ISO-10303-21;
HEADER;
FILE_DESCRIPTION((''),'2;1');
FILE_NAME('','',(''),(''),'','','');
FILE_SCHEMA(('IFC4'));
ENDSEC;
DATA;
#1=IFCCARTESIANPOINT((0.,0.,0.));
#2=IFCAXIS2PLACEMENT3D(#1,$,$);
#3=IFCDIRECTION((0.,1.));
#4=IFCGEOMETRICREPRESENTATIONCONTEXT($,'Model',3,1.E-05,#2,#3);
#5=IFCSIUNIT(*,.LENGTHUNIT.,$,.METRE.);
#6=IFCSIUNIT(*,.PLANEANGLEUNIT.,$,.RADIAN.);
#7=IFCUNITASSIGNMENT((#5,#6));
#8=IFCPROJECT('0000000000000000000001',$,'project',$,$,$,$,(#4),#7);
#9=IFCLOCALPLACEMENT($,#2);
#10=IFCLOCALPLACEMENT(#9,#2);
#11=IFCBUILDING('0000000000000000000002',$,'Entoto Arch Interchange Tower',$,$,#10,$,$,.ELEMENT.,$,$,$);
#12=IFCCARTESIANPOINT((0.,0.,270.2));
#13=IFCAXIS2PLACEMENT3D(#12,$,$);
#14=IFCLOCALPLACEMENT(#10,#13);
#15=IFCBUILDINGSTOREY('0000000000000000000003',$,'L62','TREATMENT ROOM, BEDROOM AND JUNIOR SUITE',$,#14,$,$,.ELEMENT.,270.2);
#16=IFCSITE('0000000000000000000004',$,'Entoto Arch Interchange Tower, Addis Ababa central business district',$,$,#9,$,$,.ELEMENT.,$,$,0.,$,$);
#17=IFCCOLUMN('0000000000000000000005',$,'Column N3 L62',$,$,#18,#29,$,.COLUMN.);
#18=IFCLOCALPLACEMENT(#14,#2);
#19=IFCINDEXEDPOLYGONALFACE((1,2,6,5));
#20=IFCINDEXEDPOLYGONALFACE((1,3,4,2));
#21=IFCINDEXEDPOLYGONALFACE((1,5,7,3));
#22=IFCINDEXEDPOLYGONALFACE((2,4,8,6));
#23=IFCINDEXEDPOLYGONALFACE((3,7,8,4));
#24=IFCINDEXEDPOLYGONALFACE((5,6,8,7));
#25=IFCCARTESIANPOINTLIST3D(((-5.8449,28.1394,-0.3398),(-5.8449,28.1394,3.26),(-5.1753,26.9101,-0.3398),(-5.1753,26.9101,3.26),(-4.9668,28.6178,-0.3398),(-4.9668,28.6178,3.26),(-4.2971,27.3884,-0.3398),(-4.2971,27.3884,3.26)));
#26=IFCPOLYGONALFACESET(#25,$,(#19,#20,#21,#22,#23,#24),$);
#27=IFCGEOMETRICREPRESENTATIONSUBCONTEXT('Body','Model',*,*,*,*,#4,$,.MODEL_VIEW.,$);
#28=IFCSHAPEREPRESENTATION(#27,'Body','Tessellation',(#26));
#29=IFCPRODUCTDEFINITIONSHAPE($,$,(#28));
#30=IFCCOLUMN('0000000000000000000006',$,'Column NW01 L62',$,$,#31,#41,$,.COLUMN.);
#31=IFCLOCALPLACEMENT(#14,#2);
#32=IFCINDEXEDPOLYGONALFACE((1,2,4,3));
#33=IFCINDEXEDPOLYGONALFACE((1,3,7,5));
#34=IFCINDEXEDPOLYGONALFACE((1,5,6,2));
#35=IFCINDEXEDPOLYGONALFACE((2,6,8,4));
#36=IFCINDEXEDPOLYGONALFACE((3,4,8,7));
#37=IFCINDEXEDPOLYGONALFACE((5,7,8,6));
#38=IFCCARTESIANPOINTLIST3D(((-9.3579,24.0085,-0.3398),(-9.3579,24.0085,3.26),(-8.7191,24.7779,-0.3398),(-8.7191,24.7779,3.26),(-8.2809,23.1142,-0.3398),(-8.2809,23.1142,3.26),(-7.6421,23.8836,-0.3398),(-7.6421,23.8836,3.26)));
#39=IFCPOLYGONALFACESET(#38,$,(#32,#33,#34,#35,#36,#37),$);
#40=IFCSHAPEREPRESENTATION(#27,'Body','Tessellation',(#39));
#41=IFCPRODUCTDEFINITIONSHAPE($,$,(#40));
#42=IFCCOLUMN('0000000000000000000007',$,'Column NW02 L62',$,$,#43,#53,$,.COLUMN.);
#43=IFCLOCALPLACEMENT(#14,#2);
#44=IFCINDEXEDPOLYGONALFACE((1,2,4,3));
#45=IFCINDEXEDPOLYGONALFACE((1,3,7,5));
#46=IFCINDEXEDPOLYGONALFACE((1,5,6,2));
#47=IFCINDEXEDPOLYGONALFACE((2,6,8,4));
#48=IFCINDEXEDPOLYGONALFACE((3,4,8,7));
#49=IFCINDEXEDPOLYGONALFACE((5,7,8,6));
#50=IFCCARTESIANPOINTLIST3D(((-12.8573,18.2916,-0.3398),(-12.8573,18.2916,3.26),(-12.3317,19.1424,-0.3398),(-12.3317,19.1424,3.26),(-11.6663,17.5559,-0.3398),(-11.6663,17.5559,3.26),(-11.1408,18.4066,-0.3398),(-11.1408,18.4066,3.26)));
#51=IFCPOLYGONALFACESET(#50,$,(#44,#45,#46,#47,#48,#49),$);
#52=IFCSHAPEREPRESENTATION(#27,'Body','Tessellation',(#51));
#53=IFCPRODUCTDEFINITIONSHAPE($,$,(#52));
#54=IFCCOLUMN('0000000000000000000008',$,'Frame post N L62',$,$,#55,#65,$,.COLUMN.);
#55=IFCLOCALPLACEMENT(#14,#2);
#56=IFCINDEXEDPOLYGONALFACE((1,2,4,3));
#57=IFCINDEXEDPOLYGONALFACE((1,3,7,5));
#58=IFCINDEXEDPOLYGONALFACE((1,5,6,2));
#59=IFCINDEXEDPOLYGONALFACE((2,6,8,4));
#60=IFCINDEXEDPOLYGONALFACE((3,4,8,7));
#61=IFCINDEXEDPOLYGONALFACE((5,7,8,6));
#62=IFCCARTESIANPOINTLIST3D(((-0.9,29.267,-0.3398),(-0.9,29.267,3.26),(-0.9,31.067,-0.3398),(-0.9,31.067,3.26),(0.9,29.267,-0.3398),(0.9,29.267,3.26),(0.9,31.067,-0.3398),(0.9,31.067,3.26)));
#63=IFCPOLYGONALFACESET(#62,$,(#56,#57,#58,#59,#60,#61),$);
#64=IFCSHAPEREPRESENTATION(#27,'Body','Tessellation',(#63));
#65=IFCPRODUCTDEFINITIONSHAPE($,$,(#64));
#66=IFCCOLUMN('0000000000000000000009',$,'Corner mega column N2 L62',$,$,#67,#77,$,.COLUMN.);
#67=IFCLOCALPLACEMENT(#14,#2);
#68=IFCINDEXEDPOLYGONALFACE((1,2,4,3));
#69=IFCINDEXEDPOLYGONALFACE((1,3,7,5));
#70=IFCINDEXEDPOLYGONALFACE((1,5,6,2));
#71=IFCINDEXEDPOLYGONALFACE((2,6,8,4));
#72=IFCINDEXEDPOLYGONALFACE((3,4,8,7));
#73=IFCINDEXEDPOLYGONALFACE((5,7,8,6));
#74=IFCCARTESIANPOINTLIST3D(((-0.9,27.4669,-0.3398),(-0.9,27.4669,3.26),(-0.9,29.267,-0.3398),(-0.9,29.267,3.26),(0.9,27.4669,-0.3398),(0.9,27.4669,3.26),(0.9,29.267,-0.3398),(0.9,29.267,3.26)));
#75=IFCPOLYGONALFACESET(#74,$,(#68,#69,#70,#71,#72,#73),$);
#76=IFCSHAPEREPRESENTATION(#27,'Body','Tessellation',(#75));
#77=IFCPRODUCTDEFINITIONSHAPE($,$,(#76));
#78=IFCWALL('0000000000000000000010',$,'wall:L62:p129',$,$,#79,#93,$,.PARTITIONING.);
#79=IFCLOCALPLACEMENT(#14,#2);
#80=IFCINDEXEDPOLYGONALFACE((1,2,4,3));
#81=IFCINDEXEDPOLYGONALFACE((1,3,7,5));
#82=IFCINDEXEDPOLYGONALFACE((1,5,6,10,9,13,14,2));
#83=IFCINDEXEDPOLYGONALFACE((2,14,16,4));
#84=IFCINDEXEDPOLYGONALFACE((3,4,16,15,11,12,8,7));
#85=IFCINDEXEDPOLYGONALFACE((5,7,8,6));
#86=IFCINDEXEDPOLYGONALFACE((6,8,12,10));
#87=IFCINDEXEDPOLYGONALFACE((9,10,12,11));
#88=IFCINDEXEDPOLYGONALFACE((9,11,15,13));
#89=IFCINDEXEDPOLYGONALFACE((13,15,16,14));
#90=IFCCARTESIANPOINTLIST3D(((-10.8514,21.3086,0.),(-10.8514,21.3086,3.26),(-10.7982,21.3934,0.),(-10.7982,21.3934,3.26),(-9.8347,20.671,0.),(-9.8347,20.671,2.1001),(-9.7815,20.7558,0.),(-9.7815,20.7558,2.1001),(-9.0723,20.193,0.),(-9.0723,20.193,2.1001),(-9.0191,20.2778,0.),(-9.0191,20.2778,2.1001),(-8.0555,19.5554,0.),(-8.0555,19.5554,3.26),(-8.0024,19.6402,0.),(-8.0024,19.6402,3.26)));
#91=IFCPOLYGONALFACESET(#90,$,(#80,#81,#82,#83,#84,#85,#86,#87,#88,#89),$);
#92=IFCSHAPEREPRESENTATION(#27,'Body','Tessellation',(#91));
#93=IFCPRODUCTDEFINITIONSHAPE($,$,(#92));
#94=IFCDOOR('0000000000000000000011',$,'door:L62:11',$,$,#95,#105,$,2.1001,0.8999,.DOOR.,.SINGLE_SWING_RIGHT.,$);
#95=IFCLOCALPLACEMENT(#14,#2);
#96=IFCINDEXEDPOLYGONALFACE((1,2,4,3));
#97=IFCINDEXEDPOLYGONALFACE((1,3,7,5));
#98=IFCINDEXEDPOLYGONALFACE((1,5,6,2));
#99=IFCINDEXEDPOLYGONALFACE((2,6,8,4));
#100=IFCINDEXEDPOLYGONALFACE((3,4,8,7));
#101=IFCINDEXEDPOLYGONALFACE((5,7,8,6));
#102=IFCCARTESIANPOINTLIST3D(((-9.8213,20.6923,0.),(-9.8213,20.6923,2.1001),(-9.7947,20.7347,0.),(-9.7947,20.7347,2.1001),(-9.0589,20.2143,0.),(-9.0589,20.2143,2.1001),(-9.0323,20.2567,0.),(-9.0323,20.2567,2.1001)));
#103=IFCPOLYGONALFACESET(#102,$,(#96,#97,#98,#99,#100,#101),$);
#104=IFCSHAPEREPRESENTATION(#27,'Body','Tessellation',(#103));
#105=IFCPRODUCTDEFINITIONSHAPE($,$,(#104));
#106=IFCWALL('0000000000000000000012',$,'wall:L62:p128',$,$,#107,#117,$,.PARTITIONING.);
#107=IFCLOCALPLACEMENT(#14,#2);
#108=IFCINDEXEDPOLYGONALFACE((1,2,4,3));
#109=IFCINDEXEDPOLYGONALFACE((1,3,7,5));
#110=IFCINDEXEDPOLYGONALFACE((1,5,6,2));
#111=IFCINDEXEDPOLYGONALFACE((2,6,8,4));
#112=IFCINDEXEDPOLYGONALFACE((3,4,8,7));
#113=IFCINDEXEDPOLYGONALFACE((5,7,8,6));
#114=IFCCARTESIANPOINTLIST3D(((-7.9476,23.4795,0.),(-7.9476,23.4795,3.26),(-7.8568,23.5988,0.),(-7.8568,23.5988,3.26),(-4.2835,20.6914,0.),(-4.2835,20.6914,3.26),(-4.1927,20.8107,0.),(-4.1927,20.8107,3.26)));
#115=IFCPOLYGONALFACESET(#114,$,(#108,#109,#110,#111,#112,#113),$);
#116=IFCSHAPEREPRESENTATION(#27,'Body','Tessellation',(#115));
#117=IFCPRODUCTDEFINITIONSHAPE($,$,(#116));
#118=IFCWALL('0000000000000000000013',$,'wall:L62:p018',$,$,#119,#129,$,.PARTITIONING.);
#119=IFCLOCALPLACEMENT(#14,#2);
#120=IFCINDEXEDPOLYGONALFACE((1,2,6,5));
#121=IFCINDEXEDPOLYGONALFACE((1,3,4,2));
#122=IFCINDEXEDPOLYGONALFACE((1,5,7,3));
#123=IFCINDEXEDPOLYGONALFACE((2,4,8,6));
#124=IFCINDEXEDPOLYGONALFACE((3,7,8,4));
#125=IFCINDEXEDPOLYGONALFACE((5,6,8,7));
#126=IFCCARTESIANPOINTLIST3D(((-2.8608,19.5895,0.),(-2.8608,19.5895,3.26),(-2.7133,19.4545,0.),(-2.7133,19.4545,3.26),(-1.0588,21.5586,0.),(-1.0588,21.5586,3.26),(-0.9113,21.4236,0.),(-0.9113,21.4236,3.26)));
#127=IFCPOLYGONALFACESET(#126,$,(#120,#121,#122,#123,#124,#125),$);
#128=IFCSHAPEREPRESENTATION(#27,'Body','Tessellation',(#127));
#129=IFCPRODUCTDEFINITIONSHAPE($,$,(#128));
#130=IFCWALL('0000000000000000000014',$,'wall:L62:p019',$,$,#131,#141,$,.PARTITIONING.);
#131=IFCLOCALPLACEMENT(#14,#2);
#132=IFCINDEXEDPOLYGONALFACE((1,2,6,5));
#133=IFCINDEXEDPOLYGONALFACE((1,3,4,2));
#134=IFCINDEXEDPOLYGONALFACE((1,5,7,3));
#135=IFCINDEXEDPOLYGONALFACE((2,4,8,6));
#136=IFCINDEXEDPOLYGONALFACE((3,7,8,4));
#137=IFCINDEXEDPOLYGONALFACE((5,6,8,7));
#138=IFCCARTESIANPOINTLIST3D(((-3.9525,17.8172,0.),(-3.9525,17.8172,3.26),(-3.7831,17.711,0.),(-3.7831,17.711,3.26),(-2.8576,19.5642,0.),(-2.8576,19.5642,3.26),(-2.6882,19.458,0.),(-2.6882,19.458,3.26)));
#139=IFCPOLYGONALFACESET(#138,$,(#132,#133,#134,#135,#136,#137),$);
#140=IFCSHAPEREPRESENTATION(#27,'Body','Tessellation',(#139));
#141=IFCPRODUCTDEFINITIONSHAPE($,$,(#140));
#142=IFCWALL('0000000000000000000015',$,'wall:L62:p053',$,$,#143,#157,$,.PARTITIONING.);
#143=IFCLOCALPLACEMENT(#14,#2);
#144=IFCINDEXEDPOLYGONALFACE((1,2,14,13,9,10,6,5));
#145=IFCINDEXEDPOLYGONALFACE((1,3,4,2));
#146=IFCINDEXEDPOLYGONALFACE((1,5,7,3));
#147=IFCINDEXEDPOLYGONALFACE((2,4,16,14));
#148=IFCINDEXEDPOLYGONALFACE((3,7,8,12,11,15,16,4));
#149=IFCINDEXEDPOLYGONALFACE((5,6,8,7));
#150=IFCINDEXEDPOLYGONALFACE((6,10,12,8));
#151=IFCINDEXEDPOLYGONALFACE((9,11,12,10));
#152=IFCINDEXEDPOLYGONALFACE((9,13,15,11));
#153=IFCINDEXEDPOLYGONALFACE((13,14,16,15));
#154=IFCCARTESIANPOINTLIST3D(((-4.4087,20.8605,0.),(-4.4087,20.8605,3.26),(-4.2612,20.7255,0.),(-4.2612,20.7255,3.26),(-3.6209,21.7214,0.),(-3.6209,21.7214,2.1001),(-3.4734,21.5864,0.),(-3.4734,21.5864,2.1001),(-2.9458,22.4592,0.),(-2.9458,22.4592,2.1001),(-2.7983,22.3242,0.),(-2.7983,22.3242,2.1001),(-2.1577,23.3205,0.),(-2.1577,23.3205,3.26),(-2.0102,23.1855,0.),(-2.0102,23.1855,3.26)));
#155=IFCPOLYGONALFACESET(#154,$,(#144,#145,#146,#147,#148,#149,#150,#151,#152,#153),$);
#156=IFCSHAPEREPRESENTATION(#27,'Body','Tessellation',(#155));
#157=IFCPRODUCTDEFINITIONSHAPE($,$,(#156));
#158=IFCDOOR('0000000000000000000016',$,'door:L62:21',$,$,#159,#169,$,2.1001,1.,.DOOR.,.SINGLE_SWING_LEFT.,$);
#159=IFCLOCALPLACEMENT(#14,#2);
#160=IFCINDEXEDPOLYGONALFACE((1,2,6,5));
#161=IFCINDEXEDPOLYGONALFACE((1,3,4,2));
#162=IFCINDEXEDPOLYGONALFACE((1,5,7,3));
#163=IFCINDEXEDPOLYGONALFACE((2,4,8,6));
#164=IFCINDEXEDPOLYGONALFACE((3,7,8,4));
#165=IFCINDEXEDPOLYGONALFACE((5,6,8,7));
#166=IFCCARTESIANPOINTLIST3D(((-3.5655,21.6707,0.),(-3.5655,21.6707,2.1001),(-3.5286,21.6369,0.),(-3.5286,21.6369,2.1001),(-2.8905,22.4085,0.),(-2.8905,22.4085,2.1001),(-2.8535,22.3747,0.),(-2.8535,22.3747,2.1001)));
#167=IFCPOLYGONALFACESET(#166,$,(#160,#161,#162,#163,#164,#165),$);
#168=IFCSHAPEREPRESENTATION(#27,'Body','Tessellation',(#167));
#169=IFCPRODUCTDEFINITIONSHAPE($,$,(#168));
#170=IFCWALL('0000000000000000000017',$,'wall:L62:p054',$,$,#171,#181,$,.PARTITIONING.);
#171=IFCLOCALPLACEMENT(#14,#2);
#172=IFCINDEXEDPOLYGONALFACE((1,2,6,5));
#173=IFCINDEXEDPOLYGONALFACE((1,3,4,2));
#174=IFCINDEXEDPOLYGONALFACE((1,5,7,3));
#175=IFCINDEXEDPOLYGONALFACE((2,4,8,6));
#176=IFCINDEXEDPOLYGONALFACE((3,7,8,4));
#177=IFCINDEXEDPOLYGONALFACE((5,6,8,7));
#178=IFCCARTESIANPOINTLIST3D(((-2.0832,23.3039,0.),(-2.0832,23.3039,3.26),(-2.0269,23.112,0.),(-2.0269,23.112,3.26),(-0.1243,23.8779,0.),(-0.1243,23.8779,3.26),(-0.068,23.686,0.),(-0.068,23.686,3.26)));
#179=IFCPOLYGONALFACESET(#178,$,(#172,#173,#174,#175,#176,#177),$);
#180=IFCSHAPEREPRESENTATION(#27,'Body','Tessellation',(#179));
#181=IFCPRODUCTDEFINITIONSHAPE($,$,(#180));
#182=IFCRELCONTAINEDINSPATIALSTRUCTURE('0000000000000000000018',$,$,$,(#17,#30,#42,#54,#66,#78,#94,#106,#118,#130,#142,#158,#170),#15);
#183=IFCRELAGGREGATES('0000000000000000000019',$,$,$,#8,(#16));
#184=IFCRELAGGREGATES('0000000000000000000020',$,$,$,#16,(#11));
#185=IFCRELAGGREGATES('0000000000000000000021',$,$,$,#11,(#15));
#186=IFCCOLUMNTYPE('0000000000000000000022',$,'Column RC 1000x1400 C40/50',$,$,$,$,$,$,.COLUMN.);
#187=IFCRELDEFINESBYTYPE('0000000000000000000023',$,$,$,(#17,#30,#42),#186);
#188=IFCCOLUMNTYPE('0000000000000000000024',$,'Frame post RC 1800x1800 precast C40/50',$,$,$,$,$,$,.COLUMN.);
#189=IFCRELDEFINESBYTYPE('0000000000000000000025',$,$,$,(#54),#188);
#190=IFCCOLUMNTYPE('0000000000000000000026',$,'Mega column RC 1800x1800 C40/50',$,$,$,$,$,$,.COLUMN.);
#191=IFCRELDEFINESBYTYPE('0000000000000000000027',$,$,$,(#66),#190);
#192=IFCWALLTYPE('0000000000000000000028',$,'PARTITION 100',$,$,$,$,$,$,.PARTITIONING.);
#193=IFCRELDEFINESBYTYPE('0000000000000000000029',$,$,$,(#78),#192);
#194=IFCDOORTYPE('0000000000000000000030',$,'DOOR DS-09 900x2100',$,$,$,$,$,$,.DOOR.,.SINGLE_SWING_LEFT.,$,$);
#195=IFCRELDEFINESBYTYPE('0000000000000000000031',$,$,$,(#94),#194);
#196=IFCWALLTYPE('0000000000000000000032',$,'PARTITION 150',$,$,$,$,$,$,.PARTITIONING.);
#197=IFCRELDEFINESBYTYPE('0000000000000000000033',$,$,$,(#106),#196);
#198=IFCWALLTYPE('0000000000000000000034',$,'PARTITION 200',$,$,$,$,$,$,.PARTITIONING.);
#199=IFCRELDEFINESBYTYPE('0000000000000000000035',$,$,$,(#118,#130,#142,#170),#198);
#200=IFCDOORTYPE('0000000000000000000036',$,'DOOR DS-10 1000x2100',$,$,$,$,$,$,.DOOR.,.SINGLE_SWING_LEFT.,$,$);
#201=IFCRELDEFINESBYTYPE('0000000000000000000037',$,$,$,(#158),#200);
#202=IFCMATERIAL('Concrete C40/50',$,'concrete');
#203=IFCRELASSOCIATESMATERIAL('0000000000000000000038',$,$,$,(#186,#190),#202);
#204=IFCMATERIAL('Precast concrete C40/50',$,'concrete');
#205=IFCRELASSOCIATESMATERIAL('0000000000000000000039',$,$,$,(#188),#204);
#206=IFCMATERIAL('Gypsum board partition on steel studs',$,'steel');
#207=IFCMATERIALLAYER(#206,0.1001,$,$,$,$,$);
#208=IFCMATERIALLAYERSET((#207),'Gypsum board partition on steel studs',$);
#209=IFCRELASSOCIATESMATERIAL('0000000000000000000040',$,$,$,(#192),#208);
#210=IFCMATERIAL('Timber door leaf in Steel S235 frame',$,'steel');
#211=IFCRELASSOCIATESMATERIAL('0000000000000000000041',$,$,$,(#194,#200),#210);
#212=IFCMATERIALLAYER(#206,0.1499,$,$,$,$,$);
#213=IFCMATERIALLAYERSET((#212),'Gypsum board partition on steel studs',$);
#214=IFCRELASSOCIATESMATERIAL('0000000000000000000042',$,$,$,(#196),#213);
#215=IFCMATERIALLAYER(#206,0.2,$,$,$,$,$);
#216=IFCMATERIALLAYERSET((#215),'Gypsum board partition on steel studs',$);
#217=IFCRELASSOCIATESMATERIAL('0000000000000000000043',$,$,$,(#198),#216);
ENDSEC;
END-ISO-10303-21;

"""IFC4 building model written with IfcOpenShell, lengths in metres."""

from ifc_helpers import new_model, si_unit, direction, frame, frame_2d, origin, origin_2d, place, context, subcontext, project, spatial, rectangle, extrude, material, layer, layer_set, material_profile, profile_set, type_object, element, fill, save


model = new_model("IFC4")

# Units and contexts
model_context = context("Model", 3, precision=1e-05, world=origin(), true_north=direction((0.0, 1.0)))
body_context = subcontext(model_context, "Body", "Model", "MODEL_VIEW")
ifc_project = project(units=[si_unit("LENGTHUNIT", "METRE"), si_unit("PLANEANGLEUNIT", "RADIAN")], contexts=[model_context])

# Site, building, storey
site_placement = place(None, origin())
site = spatial("IfcSite", under=ifc_project, at=site_placement, Name="Entoto Arch Interchange Tower, Addis Ababa central business district", CompositionType="ELEMENT", RefElevation=0.0)
building_placement = place(site_placement, origin())
building = spatial("IfcBuilding", under=site, at=building_placement, Name="Entoto Arch Interchange Tower", CompositionType="ELEMENT")
storey_placement = place(building_placement, frame((0.0, 0.0, 270.2)))
storey = spatial("IfcBuildingStorey", under=building, at=storey_placement, Name="L62", Description="TREATMENT ROOM, BEDROOM AND JUNIOR SUITE", CompositionType="ELEMENT", Elevation=270.2)

# Columns
ifc_material_1 = material(Name="Concrete C40/50", Category="concrete")
ifc_material_profile_1 = material_profile(ifc_material_1, rectangle(XDim=1.0, YDim=1.3999, at=origin_2d()))
ifc_profile_set_1 = profile_set([ifc_material_profile_1], Name="Concrete C40/50")
column_type_1 = type_object("IfcColumnType", Name="Column RC 1000x1400 C40/50", PredefinedType="COLUMN", material=ifc_profile_set_1)
for number, where, z_axis, x_axis, name in (
    (1, (-5.071, 27.7639, -0.3398), (0.0, 0.0, 1.0), (0.878175, 0.478339, 0.0), "Column N3 L62"),
    (2, (-8.5, 23.946, -0.3398), (0.0, 0.0, 1.0), (0.638835, 0.769344, 0.0), "Column NW01 L62"),
    (3, (-11.999, 18.3491, -0.3398), (0.0, 0.0, 1.0), (0.525576, 0.850747, 0.0), "Column NW02 L62"),
):
    element("IfcColumn", number, at=place(storey_placement, frame(where, z_axis=z_axis, x_axis=x_axis)), inside=storey, type_object=column_type_1, Name=name, PredefinedType="COLUMN", context=body_context, shape_type="SweptSolid", body=[
        extrude(rectangle(XDim=1.0, YDim=1.3999, at=origin_2d()), origin(), (0.0, 0.0, 1.0), 3.5999),
    ])
ifc_material_2 = material(Name="Precast concrete C40/50", Category="concrete")
ifc_material_profile_2 = material_profile(ifc_material_2, rectangle(XDim=1.8, YDim=1.8, at=origin_2d()))
ifc_profile_set_2 = profile_set([ifc_material_profile_2], Name="Precast concrete C40/50")
column_type_2 = type_object("IfcColumnType", Name="Frame post RC 1800x1800 precast C40/50", PredefinedType="COLUMN", material=ifc_profile_set_2)
column_1_placement = place(storey_placement, frame((0.0, 30.167, -0.3398), z_axis=(0.0, 0.0, 1.0), x_axis=(0.0, 1.0, 0.0)))
element("IfcColumn", 4, at=column_1_placement, inside=storey, type_object=column_type_2, Name="Frame post N L62", PredefinedType="COLUMN", context=body_context, shape_type="SweptSolid", body=[
    extrude(rectangle(XDim=1.8, YDim=1.8, at=origin_2d()), origin(), (0.0, 0.0, 1.0), 3.5999),
])
ifc_material_profile_3 = material_profile(ifc_material_1, rectangle(XDim=1.8, YDim=1.8, at=origin_2d()))
ifc_profile_set_3 = profile_set([ifc_material_profile_3], Name="Concrete C40/50")
column_type_3 = type_object("IfcColumnType", Name="Mega column RC 1800x1800 C40/50", PredefinedType="COLUMN", material=ifc_profile_set_3)
column_2_placement = place(storey_placement, frame((0.0, 28.3669, -0.3398), z_axis=(0.0, 0.0, 1.0), x_axis=(0.0, 1.0, 0.0)))
element("IfcColumn", 5, at=column_2_placement, inside=storey, type_object=column_type_3, Name="Corner mega column N2 L62", PredefinedType="COLUMN", context=body_context, shape_type="SweptSolid", body=[
    extrude(rectangle(XDim=1.8, YDim=1.8, at=origin_2d()), origin(), (0.0, 0.0, 1.0), 3.5999),
])

# Wall, opening, door
ifc_material_3 = material(Name="Gypsum board partition on steel studs", Category="steel")
ifc_layer_1 = layer(ifc_material_3, 0.1001)
ifc_layer_set_1 = layer_set([ifc_layer_1], Name="Gypsum board partition on steel studs")
wall_type_1 = type_object("IfcWallType", Name="PARTITION 100", PredefinedType="PARTITIONING", material=ifc_layer_set_1)
wall_1_placement = place(storey_placement, frame((-8.0291, 19.5979, 0.0), z_axis=(0.0, 0.0, 1.0), x_axis=(-0.847216, 0.531249, 0.0)))
wall_1 = element("IfcWall", 6, at=wall_1_placement, inside=storey, type_object=wall_type_1, Name="wall:L62:p129", PredefinedType="PARTITIONING", context=body_context, shape_type="SweptSolid", body=[
    extrude(rectangle(XDim=3.3, YDim=0.1001, at=frame_2d((1.6499, 0.0))), origin(), (0.0, 0.0, 1.0), 3.26),
])
opening_1_placement = place(wall_1_placement, frame((1.2, 0.0, 0.0)))
opening_1 = element("IfcOpeningElement", 7, at=opening_1_placement, cuts=wall_1, PredefinedType="OPENING", context=body_context, shape_type="SweptSolid", body=[
    extrude(rectangle(XDim=0.8999, YDim=2.1001, at=frame_2d((0.45, 1.05))), frame((0.0, 0.0601, 0.0), z_axis=(0.0, -1.0, 0.0), x_axis=(1.0, 0.0, 0.0)), (0.0, 0.0, 1.0), 0.1201),
])
ifc_material_4 = material(Name="Timber door leaf in Steel S235 frame", Category="steel")
door_type_1 = type_object("IfcDoorType", Name="DOOR DS-09 900x2100", OperationType="SINGLE_SWING_LEFT", PredefinedType="DOOR", material=ifc_material_4)
door_1_placement = place(opening_1_placement, origin())
door_1 = element("IfcDoor", 8, at=door_1_placement, inside=storey, type_object=door_type_1, Name="door:L62:11", OperationType="SINGLE_SWING_RIGHT", OverallHeight=2.1001, OverallWidth=0.8999, PredefinedType="DOOR", context=body_context, shape_type="SweptSolid", body=[
    extrude(rectangle(XDim=0.8999, YDim=2.1001, at=frame_2d((0.45, 1.05))), frame((0.0, 0.0249, 0.0), z_axis=(0.0, -1.0, 0.0), x_axis=(1.0, 0.0, 0.0)), (0.0, 0.0, 1.0), 0.05),
])
fill(opening_1, door_1)

# Walls
ifc_layer_2 = layer(ifc_material_3, 0.1499)
ifc_layer_set_2 = layer_set([ifc_layer_2], Name="Gypsum board partition on steel studs")
wall_type_2 = type_object("IfcWallType", Name="PARTITION 150", PredefinedType="PARTITIONING", material=ifc_layer_set_2)
wall_2_placement = place(storey_placement, frame((-4.238, 20.751, 0.0), z_axis=(0.0, 0.0, 1.0), x_axis=(-0.795806, 0.605551, 0.0)))
element("IfcWall", 9, at=wall_2_placement, inside=storey, type_object=wall_type_2, Name="wall:L62:p128", PredefinedType="PARTITIONING", context=body_context, shape_type="SweptSolid", body=[
    extrude(rectangle(XDim=4.6042, YDim=0.1499, at=frame_2d((2.3022, 0.0))), origin(), (0.0, 0.0, 1.0), 3.26),
])
ifc_layer_3 = layer(ifc_material_3, 0.2)
ifc_layer_set_3 = layer_set([ifc_layer_3], Name="Gypsum board partition on steel studs")
wall_type_3 = type_object("IfcWallType", Name="PARTITION 200", PredefinedType="PARTITIONING", material=ifc_layer_set_3)
wall_3_placement = place(storey_placement, frame((-0.9851, 21.491, 0.0), z_axis=(0.0, 0.0, 1.0), x_axis=(-0.675132, -0.737697, 0.0)))
element("IfcWall", 10, at=wall_3_placement, inside=storey, type_object=wall_type_3, Name="wall:L62:p018", PredefinedType="PARTITIONING", context=body_context, shape_type="SweptSolid", body=[
    extrude(rectangle(XDim=2.6692, YDim=0.2, at=frame_2d((1.3345, 0.0))), origin(), (0.0, 0.0, 1.0), 3.26),
])
wall_4_placement = place(storey_placement, frame((-2.7729, 19.511, 0.0), z_axis=(0.0, 0.0, 1.0), x_axis=(-0.531063, -0.847332, 0.0)))
element("IfcWall", 11, at=wall_4_placement, inside=storey, type_object=wall_type_3, Name="wall:L62:p019", PredefinedType="PARTITIONING", context=body_context, shape_type="SweptSolid", body=[
    extrude(rectangle(XDim=2.0618, YDim=0.2, at=frame_2d((1.0308, 0.0))), origin(), (0.0, 0.0, 1.0), 3.26),
])

# Wall, opening, door
wall_5_placement = place(storey_placement, frame((-4.335, 20.793, 0.0), z_axis=(0.0, 0.0, 1.0), x_axis=(0.675075, 0.73775, 0.0)))
wall_5 = element("IfcWall", 12, at=wall_5_placement, inside=storey, type_object=wall_type_3, Name="wall:L62:p053", PredefinedType="PARTITIONING", context=body_context, shape_type="SweptSolid", body=[
    extrude(rectangle(XDim=3.3345, YDim=0.2, at=frame_2d((1.6672, 0.0))), origin(), (0.0, 0.0, 1.0), 3.26),
])
opening_2_placement = place(wall_5_placement, frame((1.167, 0.0, 0.0)))
opening_2 = element("IfcOpeningElement", 13, at=opening_2_placement, cuts=wall_5, PredefinedType="OPENING", context=body_context, shape_type="SweptSolid", body=[
    extrude(rectangle(XDim=1.0, YDim=2.1001, at=frame_2d((0.5, 1.05))), frame((0.0, 0.1099, 0.0), z_axis=(0.0, -1.0, 0.0), x_axis=(1.0, 0.0, 0.0)), (0.0, 0.0, 1.0), 0.22),
])
door_type_2 = type_object("IfcDoorType", Name="DOOR DS-10 1000x2100", OperationType="SINGLE_SWING_LEFT", PredefinedType="DOOR", material=ifc_material_4)
door_2_placement = place(opening_2_placement, origin())
door_2 = element("IfcDoor", 14, at=door_2_placement, inside=storey, type_object=door_type_2, Name="door:L62:21", OperationType="SINGLE_SWING_LEFT", OverallHeight=2.1001, OverallWidth=1.0, PredefinedType="DOOR", context=body_context, shape_type="SweptSolid", body=[
    extrude(rectangle(XDim=1.0, YDim=2.1001, at=frame_2d((0.5, 1.05))), frame((0.0, 0.0249, 0.0), z_axis=(0.0, -1.0, 0.0), x_axis=(1.0, 0.0, 0.0)), (0.0, 0.0, 1.0), 0.05),
])
fill(opening_2, door_2)

# Wall
wall_6_placement = place(storey_placement, frame((-2.0549, 23.208, 0.0), z_axis=(0.0, 0.0, 1.0), x_axis=(0.959656, 0.281175, 0.0)))
element("IfcWall", 15, at=wall_6_placement, inside=storey, type_object=wall_type_3, Name="wall:L62:p054", PredefinedType="PARTITIONING", context=body_context, shape_type="SweptSolid", body=[
    extrude(rectangle(XDim=2.0413, YDim=0.2, at=frame_2d((1.0205, 0.0))), origin(), (0.0, 0.0, 1.0), 3.26),
])

save(model, "model.ifc")
